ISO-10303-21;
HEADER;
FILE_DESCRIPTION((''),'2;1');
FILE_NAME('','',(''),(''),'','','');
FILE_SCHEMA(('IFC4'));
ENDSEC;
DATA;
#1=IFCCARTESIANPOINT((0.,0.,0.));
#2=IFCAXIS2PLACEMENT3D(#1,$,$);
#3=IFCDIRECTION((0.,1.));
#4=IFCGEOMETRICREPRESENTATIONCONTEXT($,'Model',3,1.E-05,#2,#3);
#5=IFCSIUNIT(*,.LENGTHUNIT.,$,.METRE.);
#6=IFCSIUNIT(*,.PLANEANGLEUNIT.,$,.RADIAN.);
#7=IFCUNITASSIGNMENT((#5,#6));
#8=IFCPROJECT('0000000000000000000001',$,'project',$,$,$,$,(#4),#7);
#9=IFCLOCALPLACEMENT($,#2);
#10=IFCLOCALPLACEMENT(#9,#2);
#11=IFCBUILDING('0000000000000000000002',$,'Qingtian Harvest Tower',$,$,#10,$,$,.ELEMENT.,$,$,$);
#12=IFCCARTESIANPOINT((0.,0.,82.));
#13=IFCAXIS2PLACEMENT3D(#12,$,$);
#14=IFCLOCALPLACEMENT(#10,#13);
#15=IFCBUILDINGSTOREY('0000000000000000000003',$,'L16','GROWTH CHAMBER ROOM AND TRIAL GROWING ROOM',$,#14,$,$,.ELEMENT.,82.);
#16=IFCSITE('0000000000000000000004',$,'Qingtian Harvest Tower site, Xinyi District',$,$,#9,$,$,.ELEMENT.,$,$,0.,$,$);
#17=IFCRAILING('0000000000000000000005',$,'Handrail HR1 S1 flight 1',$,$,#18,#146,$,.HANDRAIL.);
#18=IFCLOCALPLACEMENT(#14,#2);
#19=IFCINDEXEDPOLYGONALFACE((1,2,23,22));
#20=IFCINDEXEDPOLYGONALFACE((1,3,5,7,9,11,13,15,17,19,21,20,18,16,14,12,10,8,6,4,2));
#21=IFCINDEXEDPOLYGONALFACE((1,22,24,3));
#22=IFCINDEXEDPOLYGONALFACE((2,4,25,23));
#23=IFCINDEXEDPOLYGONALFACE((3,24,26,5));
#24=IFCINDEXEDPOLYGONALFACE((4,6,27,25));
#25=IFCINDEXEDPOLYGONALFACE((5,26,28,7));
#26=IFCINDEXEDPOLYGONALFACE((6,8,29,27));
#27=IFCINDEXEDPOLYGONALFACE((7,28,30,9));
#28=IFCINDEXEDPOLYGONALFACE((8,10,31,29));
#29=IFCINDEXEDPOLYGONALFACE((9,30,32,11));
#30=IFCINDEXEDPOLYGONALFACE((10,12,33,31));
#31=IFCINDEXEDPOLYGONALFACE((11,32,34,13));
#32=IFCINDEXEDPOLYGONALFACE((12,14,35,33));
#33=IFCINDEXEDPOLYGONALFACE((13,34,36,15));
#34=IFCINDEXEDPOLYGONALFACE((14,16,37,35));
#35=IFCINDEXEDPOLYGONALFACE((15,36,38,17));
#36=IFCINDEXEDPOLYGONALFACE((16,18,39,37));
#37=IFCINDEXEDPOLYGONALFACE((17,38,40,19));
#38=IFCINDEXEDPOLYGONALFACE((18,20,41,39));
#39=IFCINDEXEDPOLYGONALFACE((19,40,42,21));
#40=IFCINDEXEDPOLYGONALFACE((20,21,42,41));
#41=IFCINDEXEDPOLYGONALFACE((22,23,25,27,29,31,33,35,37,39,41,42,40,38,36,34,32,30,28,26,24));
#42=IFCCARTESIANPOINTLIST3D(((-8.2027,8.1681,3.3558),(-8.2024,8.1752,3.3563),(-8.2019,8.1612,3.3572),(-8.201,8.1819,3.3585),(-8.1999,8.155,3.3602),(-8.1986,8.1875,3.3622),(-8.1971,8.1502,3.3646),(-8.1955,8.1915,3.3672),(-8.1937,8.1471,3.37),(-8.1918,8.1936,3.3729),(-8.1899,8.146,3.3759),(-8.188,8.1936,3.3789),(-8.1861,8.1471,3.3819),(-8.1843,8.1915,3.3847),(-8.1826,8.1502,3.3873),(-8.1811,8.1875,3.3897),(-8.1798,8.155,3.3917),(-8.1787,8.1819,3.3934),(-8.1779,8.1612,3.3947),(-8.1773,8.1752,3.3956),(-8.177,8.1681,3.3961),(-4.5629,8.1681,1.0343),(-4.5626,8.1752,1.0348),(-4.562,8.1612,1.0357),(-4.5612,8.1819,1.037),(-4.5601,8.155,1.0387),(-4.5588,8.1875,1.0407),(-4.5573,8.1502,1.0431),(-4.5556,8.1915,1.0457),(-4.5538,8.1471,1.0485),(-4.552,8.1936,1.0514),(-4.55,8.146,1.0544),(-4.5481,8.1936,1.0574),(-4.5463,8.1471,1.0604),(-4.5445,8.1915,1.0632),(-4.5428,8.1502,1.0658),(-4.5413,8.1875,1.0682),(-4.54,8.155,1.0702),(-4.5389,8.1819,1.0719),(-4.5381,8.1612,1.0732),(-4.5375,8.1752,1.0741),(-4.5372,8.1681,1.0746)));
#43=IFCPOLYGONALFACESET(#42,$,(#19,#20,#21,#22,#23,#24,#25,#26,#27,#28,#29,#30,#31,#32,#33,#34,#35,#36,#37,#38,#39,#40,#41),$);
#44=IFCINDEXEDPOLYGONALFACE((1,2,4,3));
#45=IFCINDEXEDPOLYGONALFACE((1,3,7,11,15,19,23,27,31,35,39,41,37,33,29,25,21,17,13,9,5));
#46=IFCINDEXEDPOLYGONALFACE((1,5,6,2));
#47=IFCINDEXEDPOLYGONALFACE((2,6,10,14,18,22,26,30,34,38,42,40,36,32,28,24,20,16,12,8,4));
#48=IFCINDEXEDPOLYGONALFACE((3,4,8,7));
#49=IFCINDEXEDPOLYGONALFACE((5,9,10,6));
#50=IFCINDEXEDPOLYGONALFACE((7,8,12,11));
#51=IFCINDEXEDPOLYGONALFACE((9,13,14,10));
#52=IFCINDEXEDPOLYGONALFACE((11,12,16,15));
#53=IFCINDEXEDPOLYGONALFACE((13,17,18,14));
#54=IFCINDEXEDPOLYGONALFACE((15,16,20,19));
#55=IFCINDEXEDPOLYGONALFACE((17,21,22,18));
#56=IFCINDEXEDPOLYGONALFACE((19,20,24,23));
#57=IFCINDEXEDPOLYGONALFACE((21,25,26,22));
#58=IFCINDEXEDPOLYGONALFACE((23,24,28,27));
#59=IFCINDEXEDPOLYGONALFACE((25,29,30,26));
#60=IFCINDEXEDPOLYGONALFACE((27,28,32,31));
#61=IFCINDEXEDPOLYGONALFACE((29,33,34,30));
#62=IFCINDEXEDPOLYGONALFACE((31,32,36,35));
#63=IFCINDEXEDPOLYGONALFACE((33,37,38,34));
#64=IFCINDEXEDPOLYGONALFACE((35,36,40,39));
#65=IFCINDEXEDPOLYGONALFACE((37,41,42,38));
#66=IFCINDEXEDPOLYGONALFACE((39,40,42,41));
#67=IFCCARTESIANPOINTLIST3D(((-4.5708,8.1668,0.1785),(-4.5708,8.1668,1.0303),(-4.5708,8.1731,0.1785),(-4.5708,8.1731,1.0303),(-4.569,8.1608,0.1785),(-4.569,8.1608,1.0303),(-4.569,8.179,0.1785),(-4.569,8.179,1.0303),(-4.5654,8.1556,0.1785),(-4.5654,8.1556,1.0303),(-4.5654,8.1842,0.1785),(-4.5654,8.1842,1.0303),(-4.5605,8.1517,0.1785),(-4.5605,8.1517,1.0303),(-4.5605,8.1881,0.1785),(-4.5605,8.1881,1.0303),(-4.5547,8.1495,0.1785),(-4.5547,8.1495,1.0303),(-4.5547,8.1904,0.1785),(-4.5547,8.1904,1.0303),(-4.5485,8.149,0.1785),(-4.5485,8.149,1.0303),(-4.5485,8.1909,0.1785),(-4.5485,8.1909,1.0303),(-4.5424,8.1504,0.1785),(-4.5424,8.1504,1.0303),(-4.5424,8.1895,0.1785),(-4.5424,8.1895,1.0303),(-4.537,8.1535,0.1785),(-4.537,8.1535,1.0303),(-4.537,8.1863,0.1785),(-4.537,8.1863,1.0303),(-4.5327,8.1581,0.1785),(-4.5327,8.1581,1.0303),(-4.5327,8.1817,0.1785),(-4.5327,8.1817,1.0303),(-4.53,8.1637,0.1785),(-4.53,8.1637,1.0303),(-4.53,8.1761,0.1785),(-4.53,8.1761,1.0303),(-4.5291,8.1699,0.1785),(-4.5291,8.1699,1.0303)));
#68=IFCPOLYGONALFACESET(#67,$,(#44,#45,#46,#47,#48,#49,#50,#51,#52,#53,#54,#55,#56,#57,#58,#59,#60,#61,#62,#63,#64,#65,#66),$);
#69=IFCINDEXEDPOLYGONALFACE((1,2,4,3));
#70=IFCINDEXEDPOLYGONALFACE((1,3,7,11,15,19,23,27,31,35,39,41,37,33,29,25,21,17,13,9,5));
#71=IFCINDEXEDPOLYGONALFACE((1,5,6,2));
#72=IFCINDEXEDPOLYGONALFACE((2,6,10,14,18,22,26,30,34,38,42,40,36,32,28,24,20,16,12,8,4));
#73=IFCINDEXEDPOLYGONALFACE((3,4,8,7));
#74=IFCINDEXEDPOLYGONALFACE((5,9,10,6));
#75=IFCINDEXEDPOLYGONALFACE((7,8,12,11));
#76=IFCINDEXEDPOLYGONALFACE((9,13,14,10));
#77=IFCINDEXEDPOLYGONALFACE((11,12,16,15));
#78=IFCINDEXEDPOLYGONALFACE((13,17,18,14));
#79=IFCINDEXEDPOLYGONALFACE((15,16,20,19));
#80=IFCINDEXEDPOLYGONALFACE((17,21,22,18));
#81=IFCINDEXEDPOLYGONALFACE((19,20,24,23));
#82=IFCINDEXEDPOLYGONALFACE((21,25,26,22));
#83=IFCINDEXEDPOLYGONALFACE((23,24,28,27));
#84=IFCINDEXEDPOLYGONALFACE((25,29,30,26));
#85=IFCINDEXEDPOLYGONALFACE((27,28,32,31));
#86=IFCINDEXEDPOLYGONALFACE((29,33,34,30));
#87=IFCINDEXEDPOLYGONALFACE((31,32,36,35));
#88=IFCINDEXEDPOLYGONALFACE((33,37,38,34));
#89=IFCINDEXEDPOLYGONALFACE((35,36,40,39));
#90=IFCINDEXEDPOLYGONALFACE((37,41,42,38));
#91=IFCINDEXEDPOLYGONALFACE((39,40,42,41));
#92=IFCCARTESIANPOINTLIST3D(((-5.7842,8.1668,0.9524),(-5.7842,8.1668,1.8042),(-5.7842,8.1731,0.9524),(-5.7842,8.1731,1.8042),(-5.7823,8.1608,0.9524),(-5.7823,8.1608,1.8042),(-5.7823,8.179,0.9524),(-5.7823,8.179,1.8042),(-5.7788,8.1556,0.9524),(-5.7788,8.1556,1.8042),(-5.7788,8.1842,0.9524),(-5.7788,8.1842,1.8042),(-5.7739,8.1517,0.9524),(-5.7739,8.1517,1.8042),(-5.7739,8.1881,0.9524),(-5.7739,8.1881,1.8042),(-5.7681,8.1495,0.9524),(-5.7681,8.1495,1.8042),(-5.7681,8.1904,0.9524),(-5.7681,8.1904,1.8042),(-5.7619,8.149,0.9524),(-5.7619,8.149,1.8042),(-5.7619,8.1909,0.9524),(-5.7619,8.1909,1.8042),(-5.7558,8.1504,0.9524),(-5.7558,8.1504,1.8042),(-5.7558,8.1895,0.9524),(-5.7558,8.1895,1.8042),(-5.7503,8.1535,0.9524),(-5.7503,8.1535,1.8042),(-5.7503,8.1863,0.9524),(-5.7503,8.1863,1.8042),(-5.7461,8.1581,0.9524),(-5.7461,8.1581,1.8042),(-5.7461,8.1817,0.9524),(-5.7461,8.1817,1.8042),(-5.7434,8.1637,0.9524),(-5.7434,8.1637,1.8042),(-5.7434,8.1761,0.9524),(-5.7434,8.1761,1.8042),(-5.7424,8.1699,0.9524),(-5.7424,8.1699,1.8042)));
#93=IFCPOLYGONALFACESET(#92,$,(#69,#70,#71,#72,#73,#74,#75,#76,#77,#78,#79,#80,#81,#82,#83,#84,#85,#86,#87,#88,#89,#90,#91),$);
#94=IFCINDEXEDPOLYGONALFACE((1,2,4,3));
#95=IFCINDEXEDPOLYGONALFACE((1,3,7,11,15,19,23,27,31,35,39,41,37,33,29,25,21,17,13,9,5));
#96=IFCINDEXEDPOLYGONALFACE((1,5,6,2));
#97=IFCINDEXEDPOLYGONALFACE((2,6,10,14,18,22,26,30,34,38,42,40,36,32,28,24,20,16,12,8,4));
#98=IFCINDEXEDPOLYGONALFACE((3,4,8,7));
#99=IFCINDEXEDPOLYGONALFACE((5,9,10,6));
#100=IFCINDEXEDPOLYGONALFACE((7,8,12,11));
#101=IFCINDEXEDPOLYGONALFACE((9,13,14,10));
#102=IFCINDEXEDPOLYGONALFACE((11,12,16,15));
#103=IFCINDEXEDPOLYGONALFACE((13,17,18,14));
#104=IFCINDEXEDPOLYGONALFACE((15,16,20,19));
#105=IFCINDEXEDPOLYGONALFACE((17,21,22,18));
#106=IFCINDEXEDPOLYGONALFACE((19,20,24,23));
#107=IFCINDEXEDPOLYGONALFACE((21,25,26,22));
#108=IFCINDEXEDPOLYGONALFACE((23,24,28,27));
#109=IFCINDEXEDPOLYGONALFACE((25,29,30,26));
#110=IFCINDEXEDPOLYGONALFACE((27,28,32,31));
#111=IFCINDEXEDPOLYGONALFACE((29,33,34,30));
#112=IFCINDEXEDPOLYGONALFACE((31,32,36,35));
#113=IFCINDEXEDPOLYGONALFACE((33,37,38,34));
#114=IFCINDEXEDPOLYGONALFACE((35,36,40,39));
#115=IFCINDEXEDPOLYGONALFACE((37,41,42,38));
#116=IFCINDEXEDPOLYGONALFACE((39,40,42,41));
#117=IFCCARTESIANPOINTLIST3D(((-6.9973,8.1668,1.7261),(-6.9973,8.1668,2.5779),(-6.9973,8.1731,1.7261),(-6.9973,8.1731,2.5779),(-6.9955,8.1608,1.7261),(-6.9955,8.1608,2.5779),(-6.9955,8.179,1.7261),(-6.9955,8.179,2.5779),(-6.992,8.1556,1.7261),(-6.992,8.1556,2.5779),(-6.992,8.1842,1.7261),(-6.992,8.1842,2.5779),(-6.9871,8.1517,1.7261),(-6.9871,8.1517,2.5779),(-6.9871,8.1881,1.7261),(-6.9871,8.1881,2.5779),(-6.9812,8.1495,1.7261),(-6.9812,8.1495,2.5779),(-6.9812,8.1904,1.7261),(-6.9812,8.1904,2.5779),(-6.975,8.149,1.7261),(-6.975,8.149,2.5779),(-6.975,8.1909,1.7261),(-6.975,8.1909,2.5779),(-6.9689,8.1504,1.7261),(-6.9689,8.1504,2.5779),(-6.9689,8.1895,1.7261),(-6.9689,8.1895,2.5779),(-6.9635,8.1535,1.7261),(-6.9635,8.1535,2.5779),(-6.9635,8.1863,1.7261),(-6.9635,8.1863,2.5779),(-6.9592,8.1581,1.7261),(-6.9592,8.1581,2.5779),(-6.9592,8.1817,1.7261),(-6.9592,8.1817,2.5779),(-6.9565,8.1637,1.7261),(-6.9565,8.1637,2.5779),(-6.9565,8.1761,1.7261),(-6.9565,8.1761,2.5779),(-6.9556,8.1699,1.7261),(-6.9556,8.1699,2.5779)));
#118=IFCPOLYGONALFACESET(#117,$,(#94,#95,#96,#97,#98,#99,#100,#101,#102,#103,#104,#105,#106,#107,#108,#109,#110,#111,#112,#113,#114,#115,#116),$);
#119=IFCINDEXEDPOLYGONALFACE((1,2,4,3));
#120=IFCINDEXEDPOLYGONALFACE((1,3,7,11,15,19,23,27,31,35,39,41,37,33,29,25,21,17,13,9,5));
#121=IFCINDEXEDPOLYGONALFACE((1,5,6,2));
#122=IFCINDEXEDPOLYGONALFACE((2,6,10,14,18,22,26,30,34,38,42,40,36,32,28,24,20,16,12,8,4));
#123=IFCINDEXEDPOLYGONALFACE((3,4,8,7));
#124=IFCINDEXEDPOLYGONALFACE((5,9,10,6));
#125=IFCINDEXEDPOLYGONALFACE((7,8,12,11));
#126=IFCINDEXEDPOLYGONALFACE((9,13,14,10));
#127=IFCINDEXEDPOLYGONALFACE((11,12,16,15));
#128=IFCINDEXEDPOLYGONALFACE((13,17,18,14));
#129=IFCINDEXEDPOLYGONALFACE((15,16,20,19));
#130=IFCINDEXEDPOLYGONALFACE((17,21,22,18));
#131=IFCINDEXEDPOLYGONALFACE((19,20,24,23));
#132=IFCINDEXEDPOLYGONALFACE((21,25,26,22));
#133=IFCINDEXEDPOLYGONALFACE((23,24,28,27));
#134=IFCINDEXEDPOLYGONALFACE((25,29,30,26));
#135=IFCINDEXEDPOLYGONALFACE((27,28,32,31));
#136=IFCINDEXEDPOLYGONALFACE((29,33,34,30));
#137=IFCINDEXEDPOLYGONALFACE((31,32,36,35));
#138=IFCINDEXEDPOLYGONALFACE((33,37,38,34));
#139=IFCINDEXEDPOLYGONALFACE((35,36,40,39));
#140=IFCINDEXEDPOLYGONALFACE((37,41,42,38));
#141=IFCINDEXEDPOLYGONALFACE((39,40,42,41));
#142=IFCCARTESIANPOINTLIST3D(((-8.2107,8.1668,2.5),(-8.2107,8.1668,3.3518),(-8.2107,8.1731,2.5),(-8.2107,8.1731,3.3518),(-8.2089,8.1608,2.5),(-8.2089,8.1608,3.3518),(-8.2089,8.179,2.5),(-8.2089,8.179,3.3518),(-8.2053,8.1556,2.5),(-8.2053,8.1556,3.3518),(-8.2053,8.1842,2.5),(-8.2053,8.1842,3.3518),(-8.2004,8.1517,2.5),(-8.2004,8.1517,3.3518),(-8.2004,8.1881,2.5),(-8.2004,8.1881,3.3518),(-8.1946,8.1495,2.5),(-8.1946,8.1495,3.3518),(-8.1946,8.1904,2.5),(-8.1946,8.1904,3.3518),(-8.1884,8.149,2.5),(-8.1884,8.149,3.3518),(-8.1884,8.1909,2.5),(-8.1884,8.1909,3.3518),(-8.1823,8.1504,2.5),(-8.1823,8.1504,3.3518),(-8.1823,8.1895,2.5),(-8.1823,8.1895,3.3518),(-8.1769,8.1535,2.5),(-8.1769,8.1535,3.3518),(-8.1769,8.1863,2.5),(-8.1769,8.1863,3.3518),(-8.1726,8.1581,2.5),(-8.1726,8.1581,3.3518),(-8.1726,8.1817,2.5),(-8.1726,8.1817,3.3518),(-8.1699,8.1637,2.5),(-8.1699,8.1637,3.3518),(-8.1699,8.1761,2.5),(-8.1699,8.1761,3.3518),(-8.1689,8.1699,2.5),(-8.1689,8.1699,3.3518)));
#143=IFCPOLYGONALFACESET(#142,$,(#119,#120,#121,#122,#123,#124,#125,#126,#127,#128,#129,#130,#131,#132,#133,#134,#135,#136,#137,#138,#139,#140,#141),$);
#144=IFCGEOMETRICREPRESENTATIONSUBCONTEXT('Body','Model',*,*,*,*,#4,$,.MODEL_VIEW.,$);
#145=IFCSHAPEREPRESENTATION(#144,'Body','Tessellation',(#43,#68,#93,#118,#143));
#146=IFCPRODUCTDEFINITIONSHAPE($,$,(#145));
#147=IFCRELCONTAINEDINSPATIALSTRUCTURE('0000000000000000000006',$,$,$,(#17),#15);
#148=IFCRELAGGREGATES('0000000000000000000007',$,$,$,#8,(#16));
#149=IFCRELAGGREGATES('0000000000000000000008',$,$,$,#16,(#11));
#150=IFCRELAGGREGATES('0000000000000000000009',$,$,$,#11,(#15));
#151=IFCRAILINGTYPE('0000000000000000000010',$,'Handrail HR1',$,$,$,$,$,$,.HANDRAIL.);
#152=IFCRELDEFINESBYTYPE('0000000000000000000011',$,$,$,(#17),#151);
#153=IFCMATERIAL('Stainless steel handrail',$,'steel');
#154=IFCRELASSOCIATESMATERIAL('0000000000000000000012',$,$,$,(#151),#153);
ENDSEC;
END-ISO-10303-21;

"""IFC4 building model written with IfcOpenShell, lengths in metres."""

from ifc_helpers import new_model, si_unit, direction, frame, origin, origin_2d, place, context, subcontext, project, spatial, circle, extrude, material, type_object, element, save


model = new_model("IFC4")

# Units and contexts
model_context = context("Model", 3, precision=1e-05, world=origin(), true_north=direction((0.0, 1.0)))
body_context = subcontext(model_context, "Body", "Model", "MODEL_VIEW")
ifc_project = project(units=[si_unit("LENGTHUNIT", "METRE"), si_unit("PLANEANGLEUNIT", "RADIAN")], contexts=[model_context])

# Site, building, storey
site_placement = place(None, origin())
site = spatial("IfcSite", under=ifc_project, at=site_placement, Name="Qingtian Harvest Tower site, Xinyi District", CompositionType="ELEMENT", RefElevation=0.0)
building_placement = place(site_placement, origin())
building = spatial("IfcBuilding", under=site, at=building_placement, Name="Qingtian Harvest Tower", CompositionType="ELEMENT")
storey_placement = place(building_placement, frame((0.0, 0.0, 82.0)))
storey = spatial("IfcBuildingStorey", under=building, at=storey_placement, Name="L16", Description="GROWTH CHAMBER ROOM AND TRIAL GROWING ROOM", CompositionType="ELEMENT", Elevation=82.0)

# Railing
ifc_material_1 = material(Name="Stainless steel handrail", Category="steel")
railing_type = type_object("IfcRailingType", Name="Handrail HR1", PredefinedType="HANDRAIL", material=ifc_material_1)
railing_1_placement = place(storey_placement, frame((-4.55, 8.1699, 0.1785)))
element("IfcRailing", 1, at=railing_1_placement, inside=storey, type_object=railing_type, Name="Handrail HR1 S1 flight 1", PredefinedType="HANDRAIL", context=body_context, shape_type="SweptSolid", body=[
    extrude(circle(Radius=0.0239, at=origin_2d()), frame((0.0, 0.0, 0.876), z_axis=(-0.843112, 0.0, 0.537739), x_axis=(0.0, -1.0, 0.0)), (0.0, 0.0, 1.0), 4.3171),
    extrude(circle(Radius=0.021, at=origin_2d()), origin(), (0.0, 0.0, 1.0), 0.8518),
    extrude(circle(Radius=0.021, at=origin_2d()), frame((-1.2134, 0.0, 0.7739)), (0.0, 0.0, 1.0), 0.8518),
    extrude(circle(Radius=0.021, at=origin_2d()), frame((-2.4265, 0.0, 1.5476)), (0.0, 0.0, 1.0), 0.8518),
    extrude(circle(Radius=0.021, at=origin_2d()), frame((-3.6399, 0.0, 2.3215)), (0.0, 0.0, 1.0), 0.8518),
])

save(model, "model.ifc")
